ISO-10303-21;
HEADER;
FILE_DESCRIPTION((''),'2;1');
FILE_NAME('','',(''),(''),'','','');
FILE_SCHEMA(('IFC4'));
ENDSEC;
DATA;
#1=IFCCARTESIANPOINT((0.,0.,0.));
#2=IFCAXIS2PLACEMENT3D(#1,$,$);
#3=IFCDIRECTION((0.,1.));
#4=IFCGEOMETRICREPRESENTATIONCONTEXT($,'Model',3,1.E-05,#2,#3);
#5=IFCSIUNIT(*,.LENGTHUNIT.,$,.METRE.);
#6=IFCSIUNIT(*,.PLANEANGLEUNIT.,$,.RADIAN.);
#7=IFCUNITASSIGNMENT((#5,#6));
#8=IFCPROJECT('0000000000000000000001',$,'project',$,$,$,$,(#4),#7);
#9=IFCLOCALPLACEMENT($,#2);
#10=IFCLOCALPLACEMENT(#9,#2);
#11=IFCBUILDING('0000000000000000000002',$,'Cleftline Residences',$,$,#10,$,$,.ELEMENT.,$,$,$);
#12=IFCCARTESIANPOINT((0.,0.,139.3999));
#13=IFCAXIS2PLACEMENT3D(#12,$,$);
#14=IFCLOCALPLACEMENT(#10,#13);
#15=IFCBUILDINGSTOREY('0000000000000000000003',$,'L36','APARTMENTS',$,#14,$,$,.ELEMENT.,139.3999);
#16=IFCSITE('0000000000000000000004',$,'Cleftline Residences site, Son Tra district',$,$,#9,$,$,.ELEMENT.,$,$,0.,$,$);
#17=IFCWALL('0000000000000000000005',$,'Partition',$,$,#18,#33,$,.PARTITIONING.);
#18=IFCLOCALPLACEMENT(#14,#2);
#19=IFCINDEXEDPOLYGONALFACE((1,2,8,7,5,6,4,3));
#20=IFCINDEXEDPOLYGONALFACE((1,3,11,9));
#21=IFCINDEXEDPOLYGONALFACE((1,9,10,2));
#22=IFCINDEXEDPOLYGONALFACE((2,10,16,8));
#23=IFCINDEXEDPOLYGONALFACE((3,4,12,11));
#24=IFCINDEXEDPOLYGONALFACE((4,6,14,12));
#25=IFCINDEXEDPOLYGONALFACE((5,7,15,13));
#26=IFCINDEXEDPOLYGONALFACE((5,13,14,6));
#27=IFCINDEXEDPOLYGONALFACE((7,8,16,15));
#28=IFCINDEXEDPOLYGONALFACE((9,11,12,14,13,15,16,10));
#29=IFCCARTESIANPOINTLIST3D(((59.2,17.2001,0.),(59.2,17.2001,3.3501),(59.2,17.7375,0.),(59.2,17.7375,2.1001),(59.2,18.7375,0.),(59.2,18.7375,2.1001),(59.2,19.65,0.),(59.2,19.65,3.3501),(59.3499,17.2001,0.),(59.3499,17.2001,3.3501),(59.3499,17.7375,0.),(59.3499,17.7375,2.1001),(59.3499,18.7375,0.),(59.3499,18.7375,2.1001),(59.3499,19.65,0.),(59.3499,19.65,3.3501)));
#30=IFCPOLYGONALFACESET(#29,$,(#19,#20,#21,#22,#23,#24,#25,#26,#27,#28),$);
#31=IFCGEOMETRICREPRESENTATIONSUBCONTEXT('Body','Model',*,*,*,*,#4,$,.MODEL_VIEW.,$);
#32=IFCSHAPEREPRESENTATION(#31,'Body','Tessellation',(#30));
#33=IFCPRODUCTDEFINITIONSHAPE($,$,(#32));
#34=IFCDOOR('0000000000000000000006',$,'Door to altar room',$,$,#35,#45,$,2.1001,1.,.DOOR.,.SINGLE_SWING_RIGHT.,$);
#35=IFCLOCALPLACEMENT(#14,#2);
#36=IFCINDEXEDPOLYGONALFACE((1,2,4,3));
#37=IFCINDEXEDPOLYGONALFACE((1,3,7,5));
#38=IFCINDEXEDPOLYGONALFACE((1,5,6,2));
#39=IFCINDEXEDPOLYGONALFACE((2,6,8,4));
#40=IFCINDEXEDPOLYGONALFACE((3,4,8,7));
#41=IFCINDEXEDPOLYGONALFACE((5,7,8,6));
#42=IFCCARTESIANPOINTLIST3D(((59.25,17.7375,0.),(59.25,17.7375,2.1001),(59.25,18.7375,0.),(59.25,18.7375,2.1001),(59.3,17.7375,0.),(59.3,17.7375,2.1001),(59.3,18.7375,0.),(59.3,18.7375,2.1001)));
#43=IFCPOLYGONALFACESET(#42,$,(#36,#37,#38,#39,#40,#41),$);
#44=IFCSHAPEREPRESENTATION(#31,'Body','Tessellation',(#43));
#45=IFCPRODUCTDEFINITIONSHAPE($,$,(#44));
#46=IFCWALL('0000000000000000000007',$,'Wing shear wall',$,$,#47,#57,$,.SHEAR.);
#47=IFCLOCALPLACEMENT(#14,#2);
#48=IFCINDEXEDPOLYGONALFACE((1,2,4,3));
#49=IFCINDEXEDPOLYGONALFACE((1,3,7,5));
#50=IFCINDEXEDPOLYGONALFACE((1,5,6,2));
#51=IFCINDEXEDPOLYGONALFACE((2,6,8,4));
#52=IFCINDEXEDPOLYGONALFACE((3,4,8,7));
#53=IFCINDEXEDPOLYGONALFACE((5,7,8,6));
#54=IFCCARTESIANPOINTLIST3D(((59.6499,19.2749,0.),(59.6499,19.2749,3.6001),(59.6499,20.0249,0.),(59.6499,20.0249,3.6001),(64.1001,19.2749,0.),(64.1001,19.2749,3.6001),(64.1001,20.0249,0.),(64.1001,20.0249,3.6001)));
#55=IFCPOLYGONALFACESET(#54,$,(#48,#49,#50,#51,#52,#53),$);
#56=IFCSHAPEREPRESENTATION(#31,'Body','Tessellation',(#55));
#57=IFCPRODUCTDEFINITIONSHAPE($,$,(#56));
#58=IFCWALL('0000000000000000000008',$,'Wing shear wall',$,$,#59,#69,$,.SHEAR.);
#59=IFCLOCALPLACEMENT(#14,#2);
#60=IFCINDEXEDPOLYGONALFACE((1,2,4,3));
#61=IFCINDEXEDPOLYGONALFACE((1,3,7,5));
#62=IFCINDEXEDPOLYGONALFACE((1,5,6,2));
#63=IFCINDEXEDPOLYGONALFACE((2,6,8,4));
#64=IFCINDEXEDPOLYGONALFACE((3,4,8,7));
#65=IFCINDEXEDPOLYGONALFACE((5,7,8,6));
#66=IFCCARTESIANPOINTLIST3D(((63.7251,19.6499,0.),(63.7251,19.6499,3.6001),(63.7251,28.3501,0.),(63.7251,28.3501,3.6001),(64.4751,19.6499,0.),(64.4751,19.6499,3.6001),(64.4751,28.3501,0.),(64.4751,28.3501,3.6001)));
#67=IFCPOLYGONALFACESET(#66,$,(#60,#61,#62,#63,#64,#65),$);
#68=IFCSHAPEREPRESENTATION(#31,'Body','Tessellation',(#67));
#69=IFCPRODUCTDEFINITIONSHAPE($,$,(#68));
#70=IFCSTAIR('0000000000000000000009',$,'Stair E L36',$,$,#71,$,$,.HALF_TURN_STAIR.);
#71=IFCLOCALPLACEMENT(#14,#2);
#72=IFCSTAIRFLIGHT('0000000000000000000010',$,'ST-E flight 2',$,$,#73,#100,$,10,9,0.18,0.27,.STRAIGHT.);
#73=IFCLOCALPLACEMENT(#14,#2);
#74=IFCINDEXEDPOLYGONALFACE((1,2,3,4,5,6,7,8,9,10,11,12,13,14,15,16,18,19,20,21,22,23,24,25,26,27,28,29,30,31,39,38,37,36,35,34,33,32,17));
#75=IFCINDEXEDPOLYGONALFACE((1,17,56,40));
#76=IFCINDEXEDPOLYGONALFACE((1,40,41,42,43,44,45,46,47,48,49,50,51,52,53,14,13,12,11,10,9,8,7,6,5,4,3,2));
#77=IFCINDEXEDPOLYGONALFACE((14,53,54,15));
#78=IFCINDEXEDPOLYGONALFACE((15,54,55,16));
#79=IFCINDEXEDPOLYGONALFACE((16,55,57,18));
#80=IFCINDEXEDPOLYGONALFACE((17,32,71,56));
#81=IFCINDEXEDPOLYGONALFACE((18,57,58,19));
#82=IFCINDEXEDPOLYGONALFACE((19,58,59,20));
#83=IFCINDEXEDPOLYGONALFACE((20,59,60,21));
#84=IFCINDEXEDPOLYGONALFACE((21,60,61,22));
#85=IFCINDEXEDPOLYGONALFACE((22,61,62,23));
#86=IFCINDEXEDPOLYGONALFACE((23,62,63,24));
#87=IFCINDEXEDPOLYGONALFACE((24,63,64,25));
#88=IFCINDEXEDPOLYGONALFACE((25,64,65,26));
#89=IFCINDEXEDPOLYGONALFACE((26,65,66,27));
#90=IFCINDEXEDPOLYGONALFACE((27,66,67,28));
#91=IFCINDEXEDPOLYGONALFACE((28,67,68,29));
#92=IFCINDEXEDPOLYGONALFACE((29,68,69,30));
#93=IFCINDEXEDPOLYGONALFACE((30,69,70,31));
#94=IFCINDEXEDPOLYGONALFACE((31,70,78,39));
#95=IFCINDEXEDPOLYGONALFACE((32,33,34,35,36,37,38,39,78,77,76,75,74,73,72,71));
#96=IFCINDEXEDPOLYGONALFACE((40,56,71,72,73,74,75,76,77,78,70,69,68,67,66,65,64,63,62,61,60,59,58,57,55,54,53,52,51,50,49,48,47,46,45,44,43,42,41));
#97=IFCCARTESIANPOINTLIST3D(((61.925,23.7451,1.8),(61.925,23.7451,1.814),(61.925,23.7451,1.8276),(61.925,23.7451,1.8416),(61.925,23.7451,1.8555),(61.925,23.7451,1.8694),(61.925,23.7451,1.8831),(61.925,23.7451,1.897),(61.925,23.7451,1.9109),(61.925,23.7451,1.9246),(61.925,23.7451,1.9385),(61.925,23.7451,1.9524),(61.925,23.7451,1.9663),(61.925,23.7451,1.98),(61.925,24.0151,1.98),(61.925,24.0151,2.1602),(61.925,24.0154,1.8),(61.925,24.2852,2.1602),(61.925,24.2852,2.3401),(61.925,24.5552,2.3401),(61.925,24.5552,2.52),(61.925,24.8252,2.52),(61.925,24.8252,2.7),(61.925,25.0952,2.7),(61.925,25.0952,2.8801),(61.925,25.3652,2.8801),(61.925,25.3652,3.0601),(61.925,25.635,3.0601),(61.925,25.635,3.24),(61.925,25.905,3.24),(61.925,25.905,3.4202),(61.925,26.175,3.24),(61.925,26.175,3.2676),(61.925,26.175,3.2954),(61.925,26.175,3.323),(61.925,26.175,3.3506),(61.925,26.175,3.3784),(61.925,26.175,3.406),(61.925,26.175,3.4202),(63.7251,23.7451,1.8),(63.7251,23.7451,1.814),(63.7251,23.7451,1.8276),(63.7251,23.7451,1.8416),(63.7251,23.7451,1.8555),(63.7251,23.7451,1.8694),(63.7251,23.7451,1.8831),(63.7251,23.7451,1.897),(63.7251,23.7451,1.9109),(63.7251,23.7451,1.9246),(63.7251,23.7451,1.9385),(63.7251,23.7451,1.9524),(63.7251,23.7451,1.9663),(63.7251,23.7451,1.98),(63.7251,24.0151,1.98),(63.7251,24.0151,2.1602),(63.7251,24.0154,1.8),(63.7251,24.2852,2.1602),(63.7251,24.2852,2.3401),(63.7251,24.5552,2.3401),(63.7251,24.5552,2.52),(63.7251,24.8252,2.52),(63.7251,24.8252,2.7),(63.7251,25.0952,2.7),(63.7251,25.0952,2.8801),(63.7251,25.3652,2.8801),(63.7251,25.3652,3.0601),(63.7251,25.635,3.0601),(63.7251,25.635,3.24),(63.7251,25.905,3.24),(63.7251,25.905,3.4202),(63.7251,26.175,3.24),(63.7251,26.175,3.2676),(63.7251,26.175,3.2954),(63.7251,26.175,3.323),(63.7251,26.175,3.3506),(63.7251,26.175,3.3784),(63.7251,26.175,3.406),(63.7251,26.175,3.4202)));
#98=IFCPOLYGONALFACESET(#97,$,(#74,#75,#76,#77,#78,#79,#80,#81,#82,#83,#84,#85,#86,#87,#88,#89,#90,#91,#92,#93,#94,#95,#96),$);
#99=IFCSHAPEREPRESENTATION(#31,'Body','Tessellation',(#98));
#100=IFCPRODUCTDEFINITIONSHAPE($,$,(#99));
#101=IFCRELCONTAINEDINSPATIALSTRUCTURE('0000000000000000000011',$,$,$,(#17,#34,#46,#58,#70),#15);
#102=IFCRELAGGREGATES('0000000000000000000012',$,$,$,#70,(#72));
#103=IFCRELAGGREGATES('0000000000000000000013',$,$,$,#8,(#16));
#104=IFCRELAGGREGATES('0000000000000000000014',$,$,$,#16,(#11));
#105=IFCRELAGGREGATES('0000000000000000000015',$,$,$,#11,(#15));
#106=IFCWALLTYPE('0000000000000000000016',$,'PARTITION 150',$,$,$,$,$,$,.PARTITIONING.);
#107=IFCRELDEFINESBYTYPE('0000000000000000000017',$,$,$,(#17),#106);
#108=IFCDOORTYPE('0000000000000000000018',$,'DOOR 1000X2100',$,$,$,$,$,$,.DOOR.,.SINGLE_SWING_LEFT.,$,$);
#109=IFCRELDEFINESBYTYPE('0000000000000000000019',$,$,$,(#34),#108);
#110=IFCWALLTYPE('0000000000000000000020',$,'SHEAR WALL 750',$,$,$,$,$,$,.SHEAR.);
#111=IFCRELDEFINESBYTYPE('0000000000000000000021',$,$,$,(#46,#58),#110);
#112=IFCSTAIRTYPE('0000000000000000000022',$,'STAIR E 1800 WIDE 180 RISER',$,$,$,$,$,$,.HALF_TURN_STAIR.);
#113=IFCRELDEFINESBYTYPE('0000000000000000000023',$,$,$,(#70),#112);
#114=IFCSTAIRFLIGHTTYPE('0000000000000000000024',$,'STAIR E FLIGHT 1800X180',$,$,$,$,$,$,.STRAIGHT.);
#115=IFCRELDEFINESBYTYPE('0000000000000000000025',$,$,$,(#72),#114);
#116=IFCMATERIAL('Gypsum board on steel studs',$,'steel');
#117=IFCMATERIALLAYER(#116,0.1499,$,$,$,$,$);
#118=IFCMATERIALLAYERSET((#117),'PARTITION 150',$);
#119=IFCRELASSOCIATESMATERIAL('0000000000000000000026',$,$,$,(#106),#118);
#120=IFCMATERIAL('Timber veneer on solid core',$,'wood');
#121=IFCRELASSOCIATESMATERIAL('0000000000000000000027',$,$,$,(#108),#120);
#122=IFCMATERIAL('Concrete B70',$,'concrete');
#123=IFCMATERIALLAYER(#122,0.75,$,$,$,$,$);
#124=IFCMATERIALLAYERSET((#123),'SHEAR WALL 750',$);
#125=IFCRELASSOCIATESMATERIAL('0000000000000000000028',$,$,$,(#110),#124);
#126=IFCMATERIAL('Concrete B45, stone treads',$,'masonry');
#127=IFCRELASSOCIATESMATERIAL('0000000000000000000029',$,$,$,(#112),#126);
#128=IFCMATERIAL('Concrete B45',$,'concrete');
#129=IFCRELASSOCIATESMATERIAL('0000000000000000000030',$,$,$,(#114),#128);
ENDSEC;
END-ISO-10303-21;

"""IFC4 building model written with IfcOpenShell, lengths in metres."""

from ifc_helpers import new_model, si_unit, direction, frame, frame_2d, origin, place, context, subcontext, project, spatial, polyline, rectangle, outline, extrude, material, layer, layer_set, type_object, element, fill, aggregate, save


model = new_model("IFC4")

# Units and contexts
model_context = context("Model", 3, precision=1e-05, world=origin(), true_north=direction((0.0, 1.0)))
body_context = subcontext(model_context, "Body", "Model", "MODEL_VIEW")
ifc_project = project(units=[si_unit("LENGTHUNIT", "METRE"), si_unit("PLANEANGLEUNIT", "RADIAN")], contexts=[model_context])

# Site, building, storey
site_placement = place(None, origin())
site = spatial("IfcSite", under=ifc_project, at=site_placement, Name="Cleftline Residences site, Son Tra district", CompositionType="ELEMENT", RefElevation=0.0)
building_placement = place(site_placement, origin())
building = spatial("IfcBuilding", under=site, at=building_placement, Name="Cleftline Residences", CompositionType="ELEMENT")
storey_placement = place(building_placement, frame((0.0, 0.0, 139.3999)))
storey = spatial("IfcBuildingStorey", under=building, at=storey_placement, Name="L36", Description="APARTMENTS", CompositionType="ELEMENT", Elevation=139.3999)

# Shared definitions
ifc_material_1 = material(Name="Gypsum board on steel studs", Category="steel")
ifc_layer_1 = layer(ifc_material_1, 0.1499)
ifc_layer_set_1 = layer_set([ifc_layer_1], Name="PARTITION 150")
wall_type_1 = type_object("IfcWallType", Name="PARTITION 150", PredefinedType="PARTITIONING", material=ifc_layer_set_1)

# Shared definitions
ifc_material_2 = material(Name="Timber veneer on solid core", Category="wood")
door_type_1 = type_object("IfcDoorType", Name="DOOR 1000X2100", OperationType="SINGLE_SWING_LEFT", PredefinedType="DOOR", material=ifc_material_2)

# Wall, opening, door
wall_1_placement = place(storey_placement, frame((59.2749, 17.2, 0.0), z_axis=(0.0, 0.0, 1.0), x_axis=(0.0, 1.0, 0.0)))
wall_1 = element("IfcWall", 1, at=wall_1_placement, inside=storey, type_object=wall_type_1, Name="Partition", PredefinedType="PARTITIONING", context=body_context, shape_type="SweptSolid", body=[
    extrude(rectangle(XDim=2.45, YDim=0.1499, at=frame_2d((1.2251, 0.0))), origin(), (0.0, 0.0, 1.0), 3.3501),
])
opening_1_placement = place(wall_1_placement, frame((0.5376, 0.0, 0.0)))
opening_1 = element("IfcOpeningElement", 2, at=opening_1_placement, cuts=wall_1, PredefinedType="OPENING", context=body_context, shape_type="SweptSolid", body=[
    extrude(rectangle(XDim=1.0, YDim=2.1001, at=frame_2d((0.5, 1.05))), frame((0.0, 0.085, 0.0), z_axis=(0.0, -1.0, 0.0), x_axis=(1.0, 0.0, 0.0)), (0.0, 0.0, 1.0), 0.1699),
])
door_1_placement = place(opening_1_placement, origin())
door_1 = element("IfcDoor", 3, at=door_1_placement, inside=storey, type_object=door_type_1, Name="Door to altar room", OperationType="SINGLE_SWING_RIGHT", OverallHeight=2.1001, OverallWidth=1.0, PredefinedType="DOOR", context=body_context, shape_type="SweptSolid", body=[
    extrude(rectangle(XDim=1.0, YDim=2.1001, at=frame_2d((0.5, 1.05))), frame((0.0, 0.0249, 0.0), z_axis=(0.0, -1.0, 0.0), x_axis=(1.0, 0.0, 0.0)), (0.0, 0.0, 1.0), 0.05),
])
fill(opening_1, door_1)

# Walls
ifc_material_3 = material(Name="Concrete B70", Category="concrete")
ifc_layer_2 = layer(ifc_material_3, 0.75)
ifc_layer_set_2 = layer_set([ifc_layer_2], Name="SHEAR WALL 750")
wall_type_2 = type_object("IfcWallType", Name="SHEAR WALL 750", PredefinedType="SHEAR", material=ifc_layer_set_2)
wall_2_placement = place(storey_placement, frame((59.6499, 19.6499, 0.0), z_axis=(0.0, 0.0, 1.0), x_axis=(1.0, 0.0, 0.0)))
element("IfcWall", 4, at=wall_2_placement, inside=storey, type_object=wall_type_2, Name="Wing shear wall", PredefinedType="SHEAR", context=body_context, shape_type="SweptSolid", body=[
    extrude(rectangle(XDim=4.4502, YDim=0.75, at=frame_2d((2.2251, 0.0))), origin(), (0.0, 0.0, 1.0), 3.6001),
])
wall_3_placement = place(storey_placement, frame((64.1001, 19.6499, 0.0), z_axis=(0.0, 0.0, 1.0), x_axis=(0.0, 1.0, 0.0)))
element("IfcWall", 5, at=wall_3_placement, inside=storey, type_object=wall_type_2, Name="Wing shear wall", PredefinedType="SHEAR", context=body_context, shape_type="SweptSolid", body=[
    extrude(rectangle(XDim=8.7002, YDim=0.75, at=frame_2d((4.3501, 0.0))), origin(), (0.0, 0.0, 1.0), 3.6001),
])

# Stair, stair flight
ifc_material_4 = material(Name="Concrete B45, stone treads", Category="masonry")
stair_type = type_object("IfcStairType", Name="STAIR E 1800 WIDE 180 RISER", PredefinedType="HALF_TURN_STAIR", material=ifc_material_4)
stair_placement = place(storey_placement, origin())
stair = element("IfcStair", 6, at=stair_placement, inside=storey, type_object=stair_type, Name="Stair E L36", PredefinedType="HALF_TURN_STAIR")
ifc_material_5 = material(Name="Concrete B45", Category="concrete")
stair_flight_type = type_object("IfcStairFlightType", Name="STAIR E FLIGHT 1800X180", PredefinedType="STRAIGHT", material=ifc_material_5)
stair_flight_placement = place(storey_placement, frame((62.825, 23.7451, 1.8), z_axis=(0.0, 0.0, 1.0), x_axis=(0.0, 1.0, 0.0)))
stair_flight = element("IfcStairFlight", 7, at=stair_flight_placement, type_object=stair_flight_type, Name="ST-E flight 2", NumberOfRisers=10, NumberOfTreads=9, PredefinedType="STRAIGHT", RiserHeight=0.18, TreadLength=0.27, context=body_context, shape_type="SweptSolid", body=[
    extrude(outline(polyline([(0.0, 0.0), (0.0, 0.0139), (0.0, 0.0276), (0.0, 0.0415), (0.0, 0.0554), (0.0, 0.0693), (0.0, 0.083), (0.0, 0.0969), (0.0, 0.1108), (0.0, 0.1245), (0.0, 0.1384), (0.0, 0.1523), (0.0, 0.1663), (0.0, 0.1799), (0.27, 0.1799), (0.27, 0.3601), (0.54, 0.3601), (0.54, 0.54), (0.8101, 0.54), (0.8101, 0.72), (1.0801, 0.72), (1.0801, 0.8999), (1.3501, 0.8999), (1.3501, 1.0801), (1.6201, 1.0801), (1.6201, 1.26), (1.8899, 1.26), (1.8899, 1.4399), (2.1599, 1.4399), (2.1599, 1.6201), (2.4299, 1.6201), (2.4299, 1.8), (2.4299, 1.7722), (2.4299, 1.7446), (2.4299, 1.7168), (2.4299, 1.6892), (2.4299, 1.6614), (2.4299, 1.6338), (2.4299, 1.606), (2.4299, 1.5784), (2.4299, 1.5505), (2.4299, 1.5229), (2.4299, 1.4954), (2.4299, 1.4675), (2.4299, 1.4399), (0.2703, 0.0), (0.0, 0.0)])), frame((0.0, 0.8999, 0.0), z_axis=(0.0, -1.0, 0.0), x_axis=(1.0, 0.0, 0.0)), (0.0, 0.0, 1.0), 1.8),
])
aggregate(stair, [stair_flight])

save(model, "model.ifc")
